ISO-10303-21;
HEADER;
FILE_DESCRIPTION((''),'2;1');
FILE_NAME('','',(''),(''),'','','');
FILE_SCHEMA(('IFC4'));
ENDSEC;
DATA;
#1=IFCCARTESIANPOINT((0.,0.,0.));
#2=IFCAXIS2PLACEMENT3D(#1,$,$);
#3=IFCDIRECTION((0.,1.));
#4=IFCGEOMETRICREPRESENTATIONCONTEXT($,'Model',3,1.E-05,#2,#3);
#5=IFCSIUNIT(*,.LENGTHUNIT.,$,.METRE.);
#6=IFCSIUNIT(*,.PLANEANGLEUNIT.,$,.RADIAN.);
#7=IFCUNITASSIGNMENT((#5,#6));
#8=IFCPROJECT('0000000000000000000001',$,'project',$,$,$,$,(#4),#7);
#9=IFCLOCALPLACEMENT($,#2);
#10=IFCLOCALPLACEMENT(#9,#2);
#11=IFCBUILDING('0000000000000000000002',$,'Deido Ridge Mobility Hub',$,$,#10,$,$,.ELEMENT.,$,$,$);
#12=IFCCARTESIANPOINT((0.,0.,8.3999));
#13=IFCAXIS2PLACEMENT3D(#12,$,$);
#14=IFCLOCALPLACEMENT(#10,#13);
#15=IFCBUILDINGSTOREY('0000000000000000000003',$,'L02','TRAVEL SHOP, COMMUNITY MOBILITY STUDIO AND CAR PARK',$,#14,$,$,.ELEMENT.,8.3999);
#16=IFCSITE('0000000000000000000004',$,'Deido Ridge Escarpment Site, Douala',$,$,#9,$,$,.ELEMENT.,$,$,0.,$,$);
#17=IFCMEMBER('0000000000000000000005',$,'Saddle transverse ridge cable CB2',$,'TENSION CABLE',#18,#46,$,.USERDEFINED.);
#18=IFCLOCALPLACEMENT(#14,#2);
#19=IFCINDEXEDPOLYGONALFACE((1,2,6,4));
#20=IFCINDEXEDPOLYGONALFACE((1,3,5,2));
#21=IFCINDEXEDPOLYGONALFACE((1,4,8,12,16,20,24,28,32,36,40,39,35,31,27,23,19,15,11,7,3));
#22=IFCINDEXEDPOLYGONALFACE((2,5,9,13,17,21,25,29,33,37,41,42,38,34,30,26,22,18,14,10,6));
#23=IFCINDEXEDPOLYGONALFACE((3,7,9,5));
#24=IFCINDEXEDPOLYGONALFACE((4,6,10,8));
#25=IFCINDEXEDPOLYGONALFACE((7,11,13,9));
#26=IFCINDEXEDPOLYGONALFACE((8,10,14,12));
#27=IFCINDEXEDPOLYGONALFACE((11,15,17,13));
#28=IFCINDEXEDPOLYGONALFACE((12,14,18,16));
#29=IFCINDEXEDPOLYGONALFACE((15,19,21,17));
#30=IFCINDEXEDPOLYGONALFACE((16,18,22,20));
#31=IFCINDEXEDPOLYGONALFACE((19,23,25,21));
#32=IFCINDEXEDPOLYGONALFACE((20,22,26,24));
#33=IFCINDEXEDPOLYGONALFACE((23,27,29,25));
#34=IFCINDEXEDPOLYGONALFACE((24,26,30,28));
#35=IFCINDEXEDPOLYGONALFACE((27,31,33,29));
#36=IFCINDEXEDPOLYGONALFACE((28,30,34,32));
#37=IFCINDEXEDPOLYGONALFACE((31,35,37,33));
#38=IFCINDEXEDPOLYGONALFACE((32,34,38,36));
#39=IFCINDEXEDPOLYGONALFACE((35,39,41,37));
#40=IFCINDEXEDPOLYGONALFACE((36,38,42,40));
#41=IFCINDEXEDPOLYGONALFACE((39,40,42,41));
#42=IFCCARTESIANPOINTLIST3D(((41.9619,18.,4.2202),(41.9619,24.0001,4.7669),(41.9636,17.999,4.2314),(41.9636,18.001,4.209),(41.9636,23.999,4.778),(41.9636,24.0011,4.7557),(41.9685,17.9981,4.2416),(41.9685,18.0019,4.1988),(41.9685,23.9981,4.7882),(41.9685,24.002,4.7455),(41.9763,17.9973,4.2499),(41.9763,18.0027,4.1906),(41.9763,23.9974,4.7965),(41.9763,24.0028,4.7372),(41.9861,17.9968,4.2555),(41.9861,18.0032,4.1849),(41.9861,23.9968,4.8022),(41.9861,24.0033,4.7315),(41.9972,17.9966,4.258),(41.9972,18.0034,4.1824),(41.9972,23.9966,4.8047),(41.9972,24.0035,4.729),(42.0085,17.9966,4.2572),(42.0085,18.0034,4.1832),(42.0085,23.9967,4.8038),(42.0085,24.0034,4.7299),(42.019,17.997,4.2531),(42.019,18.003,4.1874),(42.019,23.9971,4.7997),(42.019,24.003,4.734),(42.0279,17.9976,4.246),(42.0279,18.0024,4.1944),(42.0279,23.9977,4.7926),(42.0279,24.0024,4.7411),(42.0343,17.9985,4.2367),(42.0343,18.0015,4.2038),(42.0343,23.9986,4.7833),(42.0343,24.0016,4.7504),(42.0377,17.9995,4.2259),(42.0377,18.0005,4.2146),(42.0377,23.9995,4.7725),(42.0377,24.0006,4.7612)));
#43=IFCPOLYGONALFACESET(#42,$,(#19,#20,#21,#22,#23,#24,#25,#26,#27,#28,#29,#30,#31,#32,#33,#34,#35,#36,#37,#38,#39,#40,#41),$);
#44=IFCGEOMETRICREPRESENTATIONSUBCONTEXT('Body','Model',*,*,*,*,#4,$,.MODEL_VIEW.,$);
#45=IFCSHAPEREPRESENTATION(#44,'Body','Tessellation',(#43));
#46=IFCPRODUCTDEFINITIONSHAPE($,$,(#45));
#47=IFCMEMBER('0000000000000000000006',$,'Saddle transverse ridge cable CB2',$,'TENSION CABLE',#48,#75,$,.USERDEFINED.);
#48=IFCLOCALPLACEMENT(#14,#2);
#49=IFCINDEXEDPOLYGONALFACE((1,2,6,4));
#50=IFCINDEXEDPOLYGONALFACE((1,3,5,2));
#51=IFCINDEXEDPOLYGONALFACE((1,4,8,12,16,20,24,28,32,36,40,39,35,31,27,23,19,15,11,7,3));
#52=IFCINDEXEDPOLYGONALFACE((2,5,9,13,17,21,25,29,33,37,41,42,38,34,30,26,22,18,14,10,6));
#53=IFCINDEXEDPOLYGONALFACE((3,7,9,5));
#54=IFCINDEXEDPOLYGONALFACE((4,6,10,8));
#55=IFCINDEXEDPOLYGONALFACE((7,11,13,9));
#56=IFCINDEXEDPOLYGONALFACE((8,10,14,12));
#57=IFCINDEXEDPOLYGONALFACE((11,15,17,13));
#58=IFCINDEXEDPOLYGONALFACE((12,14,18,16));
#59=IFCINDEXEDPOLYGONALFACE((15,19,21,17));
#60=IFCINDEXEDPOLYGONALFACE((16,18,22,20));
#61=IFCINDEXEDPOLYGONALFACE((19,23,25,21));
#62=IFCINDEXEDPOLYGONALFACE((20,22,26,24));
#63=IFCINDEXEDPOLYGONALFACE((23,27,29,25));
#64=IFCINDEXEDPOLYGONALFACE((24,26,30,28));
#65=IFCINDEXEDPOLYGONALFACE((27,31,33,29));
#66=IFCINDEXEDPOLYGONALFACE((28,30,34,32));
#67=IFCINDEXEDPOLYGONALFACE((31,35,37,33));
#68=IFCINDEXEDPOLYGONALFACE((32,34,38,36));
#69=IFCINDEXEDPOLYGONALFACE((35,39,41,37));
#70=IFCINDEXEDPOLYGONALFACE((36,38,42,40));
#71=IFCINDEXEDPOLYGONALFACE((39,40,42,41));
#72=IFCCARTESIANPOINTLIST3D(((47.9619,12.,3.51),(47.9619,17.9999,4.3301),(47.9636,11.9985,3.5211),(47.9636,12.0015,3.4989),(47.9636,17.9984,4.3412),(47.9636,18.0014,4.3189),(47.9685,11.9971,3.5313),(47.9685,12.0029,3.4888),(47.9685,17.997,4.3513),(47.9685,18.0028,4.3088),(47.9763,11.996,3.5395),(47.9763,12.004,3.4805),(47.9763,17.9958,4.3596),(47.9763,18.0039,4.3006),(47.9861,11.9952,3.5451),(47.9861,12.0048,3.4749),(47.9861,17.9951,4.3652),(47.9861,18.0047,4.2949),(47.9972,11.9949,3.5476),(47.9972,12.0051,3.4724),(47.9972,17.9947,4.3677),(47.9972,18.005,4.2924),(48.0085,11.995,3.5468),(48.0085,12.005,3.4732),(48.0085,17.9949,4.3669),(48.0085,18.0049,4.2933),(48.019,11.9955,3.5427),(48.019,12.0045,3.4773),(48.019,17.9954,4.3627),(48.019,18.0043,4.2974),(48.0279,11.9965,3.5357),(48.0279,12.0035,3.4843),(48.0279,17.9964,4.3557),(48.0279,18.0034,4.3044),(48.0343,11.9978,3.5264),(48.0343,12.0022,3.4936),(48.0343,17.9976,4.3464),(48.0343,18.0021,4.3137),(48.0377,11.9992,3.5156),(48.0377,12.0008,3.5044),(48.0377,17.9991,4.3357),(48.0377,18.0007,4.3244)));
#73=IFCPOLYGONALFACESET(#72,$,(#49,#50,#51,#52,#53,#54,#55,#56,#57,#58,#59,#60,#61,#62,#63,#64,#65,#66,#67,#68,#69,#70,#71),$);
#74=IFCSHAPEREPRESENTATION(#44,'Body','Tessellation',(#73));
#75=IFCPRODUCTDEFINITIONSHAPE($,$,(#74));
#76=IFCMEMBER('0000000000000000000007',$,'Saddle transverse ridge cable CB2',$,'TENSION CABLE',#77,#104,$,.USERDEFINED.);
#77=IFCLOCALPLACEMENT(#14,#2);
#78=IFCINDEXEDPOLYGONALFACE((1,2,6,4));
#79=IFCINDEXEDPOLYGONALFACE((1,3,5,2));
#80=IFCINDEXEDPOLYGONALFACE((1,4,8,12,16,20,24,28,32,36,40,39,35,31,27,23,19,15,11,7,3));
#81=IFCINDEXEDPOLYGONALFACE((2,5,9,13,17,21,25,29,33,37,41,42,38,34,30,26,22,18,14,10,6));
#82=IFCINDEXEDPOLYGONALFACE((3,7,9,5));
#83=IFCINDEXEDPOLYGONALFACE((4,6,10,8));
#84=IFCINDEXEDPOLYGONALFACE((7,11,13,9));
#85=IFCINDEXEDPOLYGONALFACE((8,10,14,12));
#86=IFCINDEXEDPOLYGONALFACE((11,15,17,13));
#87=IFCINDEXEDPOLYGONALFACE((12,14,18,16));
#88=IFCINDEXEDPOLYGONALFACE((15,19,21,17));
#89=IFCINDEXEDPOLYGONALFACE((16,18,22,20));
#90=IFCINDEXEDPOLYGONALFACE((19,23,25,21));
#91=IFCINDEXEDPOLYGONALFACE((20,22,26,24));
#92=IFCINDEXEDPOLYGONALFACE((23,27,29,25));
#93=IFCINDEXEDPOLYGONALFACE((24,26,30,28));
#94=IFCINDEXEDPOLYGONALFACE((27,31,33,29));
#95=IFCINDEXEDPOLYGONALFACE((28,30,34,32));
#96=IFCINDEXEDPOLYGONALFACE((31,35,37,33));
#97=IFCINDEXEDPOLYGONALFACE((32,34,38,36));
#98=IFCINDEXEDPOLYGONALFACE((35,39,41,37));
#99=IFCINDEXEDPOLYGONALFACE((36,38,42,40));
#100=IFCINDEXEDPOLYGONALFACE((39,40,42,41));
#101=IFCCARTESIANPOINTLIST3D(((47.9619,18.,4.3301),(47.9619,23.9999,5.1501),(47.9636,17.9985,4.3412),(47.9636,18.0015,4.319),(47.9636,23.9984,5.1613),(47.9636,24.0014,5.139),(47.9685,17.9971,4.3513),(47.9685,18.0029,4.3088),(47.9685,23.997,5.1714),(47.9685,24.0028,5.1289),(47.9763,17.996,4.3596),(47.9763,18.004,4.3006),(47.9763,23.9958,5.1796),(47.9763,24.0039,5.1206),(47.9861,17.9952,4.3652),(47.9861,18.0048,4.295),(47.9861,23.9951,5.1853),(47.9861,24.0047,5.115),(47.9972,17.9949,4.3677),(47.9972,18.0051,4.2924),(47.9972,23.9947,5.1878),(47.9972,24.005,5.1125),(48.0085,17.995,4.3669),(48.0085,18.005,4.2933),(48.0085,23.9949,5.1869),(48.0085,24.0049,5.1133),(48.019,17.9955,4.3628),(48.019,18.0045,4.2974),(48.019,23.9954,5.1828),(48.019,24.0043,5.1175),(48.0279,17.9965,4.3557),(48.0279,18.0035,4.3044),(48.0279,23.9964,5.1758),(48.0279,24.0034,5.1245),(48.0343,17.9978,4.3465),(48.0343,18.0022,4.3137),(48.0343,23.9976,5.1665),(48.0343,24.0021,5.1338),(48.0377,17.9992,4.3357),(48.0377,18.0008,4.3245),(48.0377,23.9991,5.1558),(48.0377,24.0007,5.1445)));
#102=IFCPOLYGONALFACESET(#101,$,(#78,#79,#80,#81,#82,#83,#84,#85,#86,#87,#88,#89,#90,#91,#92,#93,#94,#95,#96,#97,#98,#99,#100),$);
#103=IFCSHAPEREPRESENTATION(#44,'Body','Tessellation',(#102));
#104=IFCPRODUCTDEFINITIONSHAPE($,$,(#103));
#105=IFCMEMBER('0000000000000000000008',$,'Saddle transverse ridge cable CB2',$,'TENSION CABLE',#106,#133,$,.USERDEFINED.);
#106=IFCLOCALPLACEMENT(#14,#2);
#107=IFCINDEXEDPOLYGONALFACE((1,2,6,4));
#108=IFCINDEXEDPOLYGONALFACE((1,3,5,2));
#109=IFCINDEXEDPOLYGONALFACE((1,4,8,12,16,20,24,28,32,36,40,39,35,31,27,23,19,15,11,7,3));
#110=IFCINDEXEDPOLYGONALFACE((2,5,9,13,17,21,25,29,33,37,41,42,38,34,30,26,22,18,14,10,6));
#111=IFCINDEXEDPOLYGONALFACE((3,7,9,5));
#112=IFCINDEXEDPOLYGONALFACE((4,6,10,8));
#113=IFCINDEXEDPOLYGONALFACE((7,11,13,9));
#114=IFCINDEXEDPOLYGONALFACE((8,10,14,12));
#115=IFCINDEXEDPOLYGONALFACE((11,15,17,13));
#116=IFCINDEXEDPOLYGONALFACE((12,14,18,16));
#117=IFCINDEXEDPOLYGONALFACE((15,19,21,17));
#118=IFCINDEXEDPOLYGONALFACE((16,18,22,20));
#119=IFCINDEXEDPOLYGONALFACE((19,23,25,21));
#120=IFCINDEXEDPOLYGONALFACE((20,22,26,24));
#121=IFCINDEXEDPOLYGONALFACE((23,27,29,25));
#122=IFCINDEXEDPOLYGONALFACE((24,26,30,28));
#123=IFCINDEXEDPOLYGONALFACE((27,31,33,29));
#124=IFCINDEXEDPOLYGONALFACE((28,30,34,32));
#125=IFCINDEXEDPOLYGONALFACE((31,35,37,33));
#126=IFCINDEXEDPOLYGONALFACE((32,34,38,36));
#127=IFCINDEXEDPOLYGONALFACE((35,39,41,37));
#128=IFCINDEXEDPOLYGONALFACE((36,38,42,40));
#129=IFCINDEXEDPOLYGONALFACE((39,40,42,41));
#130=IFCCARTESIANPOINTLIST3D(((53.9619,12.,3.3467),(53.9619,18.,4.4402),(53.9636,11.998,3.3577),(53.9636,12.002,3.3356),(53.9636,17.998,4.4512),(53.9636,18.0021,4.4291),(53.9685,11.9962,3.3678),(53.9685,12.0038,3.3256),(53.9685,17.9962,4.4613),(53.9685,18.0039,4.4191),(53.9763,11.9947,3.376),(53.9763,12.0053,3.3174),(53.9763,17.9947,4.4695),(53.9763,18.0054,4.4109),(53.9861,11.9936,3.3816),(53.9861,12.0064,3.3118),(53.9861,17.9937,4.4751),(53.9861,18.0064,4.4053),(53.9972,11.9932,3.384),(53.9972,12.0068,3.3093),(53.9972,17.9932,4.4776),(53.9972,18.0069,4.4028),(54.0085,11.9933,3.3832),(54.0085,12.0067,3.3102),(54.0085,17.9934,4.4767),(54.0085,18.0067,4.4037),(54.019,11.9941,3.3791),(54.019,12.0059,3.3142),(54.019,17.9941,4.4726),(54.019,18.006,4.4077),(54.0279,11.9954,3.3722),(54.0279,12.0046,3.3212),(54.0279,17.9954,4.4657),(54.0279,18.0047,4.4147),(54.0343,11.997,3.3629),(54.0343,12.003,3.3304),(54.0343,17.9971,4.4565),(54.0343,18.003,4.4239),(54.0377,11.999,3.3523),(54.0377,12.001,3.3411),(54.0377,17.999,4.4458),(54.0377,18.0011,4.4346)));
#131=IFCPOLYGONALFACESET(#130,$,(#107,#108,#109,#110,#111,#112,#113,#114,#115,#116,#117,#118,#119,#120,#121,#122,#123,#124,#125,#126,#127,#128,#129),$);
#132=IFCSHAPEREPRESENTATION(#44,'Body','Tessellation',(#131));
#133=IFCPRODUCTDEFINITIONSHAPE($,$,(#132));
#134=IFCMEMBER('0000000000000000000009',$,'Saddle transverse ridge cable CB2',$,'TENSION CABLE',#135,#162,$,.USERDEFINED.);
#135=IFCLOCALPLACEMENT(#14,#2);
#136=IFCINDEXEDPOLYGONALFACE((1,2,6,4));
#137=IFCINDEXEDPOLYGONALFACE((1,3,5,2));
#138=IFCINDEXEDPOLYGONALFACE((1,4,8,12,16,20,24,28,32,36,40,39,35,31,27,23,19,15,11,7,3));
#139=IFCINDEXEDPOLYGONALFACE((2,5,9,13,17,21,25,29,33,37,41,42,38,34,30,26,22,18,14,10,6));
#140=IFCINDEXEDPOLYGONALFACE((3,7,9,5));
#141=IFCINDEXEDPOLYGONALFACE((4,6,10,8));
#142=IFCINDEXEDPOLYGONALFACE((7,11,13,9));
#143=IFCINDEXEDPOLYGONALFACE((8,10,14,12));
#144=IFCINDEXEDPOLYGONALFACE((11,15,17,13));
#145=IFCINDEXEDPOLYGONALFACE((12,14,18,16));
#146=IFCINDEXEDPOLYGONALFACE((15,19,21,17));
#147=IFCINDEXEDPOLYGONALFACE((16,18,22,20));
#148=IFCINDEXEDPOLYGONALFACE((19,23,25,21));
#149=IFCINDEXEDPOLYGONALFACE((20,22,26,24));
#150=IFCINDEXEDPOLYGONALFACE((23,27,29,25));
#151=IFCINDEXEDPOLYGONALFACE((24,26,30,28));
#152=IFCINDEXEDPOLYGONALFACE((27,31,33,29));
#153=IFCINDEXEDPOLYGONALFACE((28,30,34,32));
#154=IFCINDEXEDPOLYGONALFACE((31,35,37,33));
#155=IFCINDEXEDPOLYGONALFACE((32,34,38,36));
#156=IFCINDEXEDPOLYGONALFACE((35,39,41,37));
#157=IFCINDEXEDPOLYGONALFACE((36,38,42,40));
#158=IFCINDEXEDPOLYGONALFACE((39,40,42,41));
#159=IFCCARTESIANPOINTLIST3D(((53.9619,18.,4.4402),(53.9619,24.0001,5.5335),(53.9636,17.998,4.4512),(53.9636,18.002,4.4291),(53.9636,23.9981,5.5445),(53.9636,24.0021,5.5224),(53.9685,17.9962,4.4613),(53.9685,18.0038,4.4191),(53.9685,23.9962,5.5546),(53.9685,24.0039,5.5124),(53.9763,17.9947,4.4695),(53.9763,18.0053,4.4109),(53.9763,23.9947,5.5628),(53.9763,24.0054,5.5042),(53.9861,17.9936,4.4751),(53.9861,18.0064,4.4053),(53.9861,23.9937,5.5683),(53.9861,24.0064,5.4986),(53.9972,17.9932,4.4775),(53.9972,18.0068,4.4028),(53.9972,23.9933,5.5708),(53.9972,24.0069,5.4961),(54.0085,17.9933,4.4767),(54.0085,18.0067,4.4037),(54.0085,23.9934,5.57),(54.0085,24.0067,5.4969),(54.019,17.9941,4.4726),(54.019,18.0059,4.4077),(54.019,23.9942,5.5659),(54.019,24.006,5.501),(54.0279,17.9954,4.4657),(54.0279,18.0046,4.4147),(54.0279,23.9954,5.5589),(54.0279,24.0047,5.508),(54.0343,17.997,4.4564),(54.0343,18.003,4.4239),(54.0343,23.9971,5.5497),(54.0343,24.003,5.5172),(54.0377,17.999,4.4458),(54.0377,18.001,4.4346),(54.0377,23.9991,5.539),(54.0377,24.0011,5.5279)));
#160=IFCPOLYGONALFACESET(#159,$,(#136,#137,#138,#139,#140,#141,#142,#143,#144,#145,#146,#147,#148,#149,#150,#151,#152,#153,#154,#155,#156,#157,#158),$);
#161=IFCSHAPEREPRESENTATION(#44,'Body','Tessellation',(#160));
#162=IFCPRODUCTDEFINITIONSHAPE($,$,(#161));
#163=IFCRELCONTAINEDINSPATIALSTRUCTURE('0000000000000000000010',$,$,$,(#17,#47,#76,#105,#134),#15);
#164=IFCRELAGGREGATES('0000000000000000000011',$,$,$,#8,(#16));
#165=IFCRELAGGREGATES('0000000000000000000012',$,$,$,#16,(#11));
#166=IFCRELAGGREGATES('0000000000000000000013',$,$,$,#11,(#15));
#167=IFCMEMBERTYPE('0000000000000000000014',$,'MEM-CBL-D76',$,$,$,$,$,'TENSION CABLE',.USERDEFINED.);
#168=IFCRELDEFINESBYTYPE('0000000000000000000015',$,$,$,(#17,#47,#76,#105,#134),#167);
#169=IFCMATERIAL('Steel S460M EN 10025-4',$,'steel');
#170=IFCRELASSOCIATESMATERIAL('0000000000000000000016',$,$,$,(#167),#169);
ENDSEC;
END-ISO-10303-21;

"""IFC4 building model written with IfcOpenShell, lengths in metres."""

from ifc_helpers import new_model, si_unit, direction, frame, origin, origin_2d, place, context, subcontext, project, spatial, circle, extrude, material, material_profile, profile_set, type_object, element, save


model = new_model("IFC4")

# Units and contexts
model_context = context("Model", 3, precision=1e-05, world=origin(), true_north=direction((0.0, 1.0)))
body_context = subcontext(model_context, "Body", "Model", "MODEL_VIEW")
ifc_project = project(units=[si_unit("LENGTHUNIT", "METRE"), si_unit("PLANEANGLEUNIT", "RADIAN")], contexts=[model_context])

# Site, building, storey
site_placement = place(None, origin())
site = spatial("IfcSite", under=ifc_project, at=site_placement, Name="Deido Ridge Escarpment Site, Douala", CompositionType="ELEMENT", RefElevation=0.0)
building_placement = place(site_placement, origin())
building = spatial("IfcBuilding", under=site, at=building_placement, Name="Deido Ridge Mobility Hub", CompositionType="ELEMENT")
storey_placement = place(building_placement, frame((0.0, 0.0, 8.3999)))
storey = spatial("IfcBuildingStorey", under=building, at=storey_placement, Name="L02", Description="TRAVEL SHOP, COMMUNITY MOBILITY STUDIO AND CAR PARK", CompositionType="ELEMENT", Elevation=8.3999)

# Members
ifc_material_1 = material(Name="Steel S460M EN 10025-4", Category="steel")
ifc_material_profile_1 = material_profile(ifc_material_1, circle(Radius=0.0381, at=origin_2d()), Name="CABLE D76")
ifc_profile_set_1 = profile_set([ifc_material_profile_1], Name="Steel S460M EN 10025-4")
member_type_1 = type_object("IfcMemberType", Name="MEM-CBL-D76", ElementType="TENSION CABLE", PredefinedType="USERDEFINED", material=ifc_profile_set_1)
member_1_placement = place(storey_placement, frame((42.0, 18.0, 4.2202), z_axis=(0.0, 0.995876, 0.090729), x_axis=(-1.0, 0.0, 0.0)))
element("IfcMember", 1, at=member_1_placement, inside=storey, type_object=member_type_1, Name="Saddle transverse ridge cable CB2", ObjectType="TENSION CABLE", PredefinedType="USERDEFINED", context=body_context, shape_type="SweptSolid", body=[
    extrude(circle(Radius=0.0381, at=origin_2d()), origin(), (0.0, 0.0, 1.0), 6.0249),
])
for number, where, z_axis, x_axis, name in (
    (2, (48.0, 12.0, 3.51), (0.0, 0.990788, 0.135419), (-1.0, 0.0, 0.0), "Saddle transverse ridge cable CB2"),
    (3, (48.0, 18.0, 4.3301), (0.0, 0.990788, 0.135419), (-1.0, 0.0, 0.0), "Saddle transverse ridge cable CB2"),
):
    element("IfcMember", number, at=place(storey_placement, frame(where, z_axis=z_axis, x_axis=x_axis)), inside=storey, type_object=member_type_1, Name=name, ObjectType="TENSION CABLE", PredefinedType="USERDEFINED", context=body_context, shape_type="SweptSolid", body=[
        extrude(circle(Radius=0.0381, at=origin_2d()), origin(), (0.0, 0.0, 1.0), 6.0557),
    ])
for number, where, z_axis, x_axis, name in (
    (4, (54.0, 12.0, 3.3467), (0.0, 0.983795, 0.179298), (-1.0, 0.0, 0.0), "Saddle transverse ridge cable CB2"),
    (5, (54.0, 18.0, 4.4402), (0.0, 0.983802, 0.179259), (-1.0, 0.0, 0.0), "Saddle transverse ridge cable CB2"),
):
    element("IfcMember", number, at=place(storey_placement, frame(where, z_axis=z_axis, x_axis=x_axis)), inside=storey, type_object=member_type_1, Name=name, ObjectType="TENSION CABLE", PredefinedType="USERDEFINED", context=body_context, shape_type="SweptSolid", body=[
        extrude(circle(Radius=0.0381, at=origin_2d()), origin(), (0.0, 0.0, 1.0), 6.0989),
    ])

save(model, "model.ifc")
